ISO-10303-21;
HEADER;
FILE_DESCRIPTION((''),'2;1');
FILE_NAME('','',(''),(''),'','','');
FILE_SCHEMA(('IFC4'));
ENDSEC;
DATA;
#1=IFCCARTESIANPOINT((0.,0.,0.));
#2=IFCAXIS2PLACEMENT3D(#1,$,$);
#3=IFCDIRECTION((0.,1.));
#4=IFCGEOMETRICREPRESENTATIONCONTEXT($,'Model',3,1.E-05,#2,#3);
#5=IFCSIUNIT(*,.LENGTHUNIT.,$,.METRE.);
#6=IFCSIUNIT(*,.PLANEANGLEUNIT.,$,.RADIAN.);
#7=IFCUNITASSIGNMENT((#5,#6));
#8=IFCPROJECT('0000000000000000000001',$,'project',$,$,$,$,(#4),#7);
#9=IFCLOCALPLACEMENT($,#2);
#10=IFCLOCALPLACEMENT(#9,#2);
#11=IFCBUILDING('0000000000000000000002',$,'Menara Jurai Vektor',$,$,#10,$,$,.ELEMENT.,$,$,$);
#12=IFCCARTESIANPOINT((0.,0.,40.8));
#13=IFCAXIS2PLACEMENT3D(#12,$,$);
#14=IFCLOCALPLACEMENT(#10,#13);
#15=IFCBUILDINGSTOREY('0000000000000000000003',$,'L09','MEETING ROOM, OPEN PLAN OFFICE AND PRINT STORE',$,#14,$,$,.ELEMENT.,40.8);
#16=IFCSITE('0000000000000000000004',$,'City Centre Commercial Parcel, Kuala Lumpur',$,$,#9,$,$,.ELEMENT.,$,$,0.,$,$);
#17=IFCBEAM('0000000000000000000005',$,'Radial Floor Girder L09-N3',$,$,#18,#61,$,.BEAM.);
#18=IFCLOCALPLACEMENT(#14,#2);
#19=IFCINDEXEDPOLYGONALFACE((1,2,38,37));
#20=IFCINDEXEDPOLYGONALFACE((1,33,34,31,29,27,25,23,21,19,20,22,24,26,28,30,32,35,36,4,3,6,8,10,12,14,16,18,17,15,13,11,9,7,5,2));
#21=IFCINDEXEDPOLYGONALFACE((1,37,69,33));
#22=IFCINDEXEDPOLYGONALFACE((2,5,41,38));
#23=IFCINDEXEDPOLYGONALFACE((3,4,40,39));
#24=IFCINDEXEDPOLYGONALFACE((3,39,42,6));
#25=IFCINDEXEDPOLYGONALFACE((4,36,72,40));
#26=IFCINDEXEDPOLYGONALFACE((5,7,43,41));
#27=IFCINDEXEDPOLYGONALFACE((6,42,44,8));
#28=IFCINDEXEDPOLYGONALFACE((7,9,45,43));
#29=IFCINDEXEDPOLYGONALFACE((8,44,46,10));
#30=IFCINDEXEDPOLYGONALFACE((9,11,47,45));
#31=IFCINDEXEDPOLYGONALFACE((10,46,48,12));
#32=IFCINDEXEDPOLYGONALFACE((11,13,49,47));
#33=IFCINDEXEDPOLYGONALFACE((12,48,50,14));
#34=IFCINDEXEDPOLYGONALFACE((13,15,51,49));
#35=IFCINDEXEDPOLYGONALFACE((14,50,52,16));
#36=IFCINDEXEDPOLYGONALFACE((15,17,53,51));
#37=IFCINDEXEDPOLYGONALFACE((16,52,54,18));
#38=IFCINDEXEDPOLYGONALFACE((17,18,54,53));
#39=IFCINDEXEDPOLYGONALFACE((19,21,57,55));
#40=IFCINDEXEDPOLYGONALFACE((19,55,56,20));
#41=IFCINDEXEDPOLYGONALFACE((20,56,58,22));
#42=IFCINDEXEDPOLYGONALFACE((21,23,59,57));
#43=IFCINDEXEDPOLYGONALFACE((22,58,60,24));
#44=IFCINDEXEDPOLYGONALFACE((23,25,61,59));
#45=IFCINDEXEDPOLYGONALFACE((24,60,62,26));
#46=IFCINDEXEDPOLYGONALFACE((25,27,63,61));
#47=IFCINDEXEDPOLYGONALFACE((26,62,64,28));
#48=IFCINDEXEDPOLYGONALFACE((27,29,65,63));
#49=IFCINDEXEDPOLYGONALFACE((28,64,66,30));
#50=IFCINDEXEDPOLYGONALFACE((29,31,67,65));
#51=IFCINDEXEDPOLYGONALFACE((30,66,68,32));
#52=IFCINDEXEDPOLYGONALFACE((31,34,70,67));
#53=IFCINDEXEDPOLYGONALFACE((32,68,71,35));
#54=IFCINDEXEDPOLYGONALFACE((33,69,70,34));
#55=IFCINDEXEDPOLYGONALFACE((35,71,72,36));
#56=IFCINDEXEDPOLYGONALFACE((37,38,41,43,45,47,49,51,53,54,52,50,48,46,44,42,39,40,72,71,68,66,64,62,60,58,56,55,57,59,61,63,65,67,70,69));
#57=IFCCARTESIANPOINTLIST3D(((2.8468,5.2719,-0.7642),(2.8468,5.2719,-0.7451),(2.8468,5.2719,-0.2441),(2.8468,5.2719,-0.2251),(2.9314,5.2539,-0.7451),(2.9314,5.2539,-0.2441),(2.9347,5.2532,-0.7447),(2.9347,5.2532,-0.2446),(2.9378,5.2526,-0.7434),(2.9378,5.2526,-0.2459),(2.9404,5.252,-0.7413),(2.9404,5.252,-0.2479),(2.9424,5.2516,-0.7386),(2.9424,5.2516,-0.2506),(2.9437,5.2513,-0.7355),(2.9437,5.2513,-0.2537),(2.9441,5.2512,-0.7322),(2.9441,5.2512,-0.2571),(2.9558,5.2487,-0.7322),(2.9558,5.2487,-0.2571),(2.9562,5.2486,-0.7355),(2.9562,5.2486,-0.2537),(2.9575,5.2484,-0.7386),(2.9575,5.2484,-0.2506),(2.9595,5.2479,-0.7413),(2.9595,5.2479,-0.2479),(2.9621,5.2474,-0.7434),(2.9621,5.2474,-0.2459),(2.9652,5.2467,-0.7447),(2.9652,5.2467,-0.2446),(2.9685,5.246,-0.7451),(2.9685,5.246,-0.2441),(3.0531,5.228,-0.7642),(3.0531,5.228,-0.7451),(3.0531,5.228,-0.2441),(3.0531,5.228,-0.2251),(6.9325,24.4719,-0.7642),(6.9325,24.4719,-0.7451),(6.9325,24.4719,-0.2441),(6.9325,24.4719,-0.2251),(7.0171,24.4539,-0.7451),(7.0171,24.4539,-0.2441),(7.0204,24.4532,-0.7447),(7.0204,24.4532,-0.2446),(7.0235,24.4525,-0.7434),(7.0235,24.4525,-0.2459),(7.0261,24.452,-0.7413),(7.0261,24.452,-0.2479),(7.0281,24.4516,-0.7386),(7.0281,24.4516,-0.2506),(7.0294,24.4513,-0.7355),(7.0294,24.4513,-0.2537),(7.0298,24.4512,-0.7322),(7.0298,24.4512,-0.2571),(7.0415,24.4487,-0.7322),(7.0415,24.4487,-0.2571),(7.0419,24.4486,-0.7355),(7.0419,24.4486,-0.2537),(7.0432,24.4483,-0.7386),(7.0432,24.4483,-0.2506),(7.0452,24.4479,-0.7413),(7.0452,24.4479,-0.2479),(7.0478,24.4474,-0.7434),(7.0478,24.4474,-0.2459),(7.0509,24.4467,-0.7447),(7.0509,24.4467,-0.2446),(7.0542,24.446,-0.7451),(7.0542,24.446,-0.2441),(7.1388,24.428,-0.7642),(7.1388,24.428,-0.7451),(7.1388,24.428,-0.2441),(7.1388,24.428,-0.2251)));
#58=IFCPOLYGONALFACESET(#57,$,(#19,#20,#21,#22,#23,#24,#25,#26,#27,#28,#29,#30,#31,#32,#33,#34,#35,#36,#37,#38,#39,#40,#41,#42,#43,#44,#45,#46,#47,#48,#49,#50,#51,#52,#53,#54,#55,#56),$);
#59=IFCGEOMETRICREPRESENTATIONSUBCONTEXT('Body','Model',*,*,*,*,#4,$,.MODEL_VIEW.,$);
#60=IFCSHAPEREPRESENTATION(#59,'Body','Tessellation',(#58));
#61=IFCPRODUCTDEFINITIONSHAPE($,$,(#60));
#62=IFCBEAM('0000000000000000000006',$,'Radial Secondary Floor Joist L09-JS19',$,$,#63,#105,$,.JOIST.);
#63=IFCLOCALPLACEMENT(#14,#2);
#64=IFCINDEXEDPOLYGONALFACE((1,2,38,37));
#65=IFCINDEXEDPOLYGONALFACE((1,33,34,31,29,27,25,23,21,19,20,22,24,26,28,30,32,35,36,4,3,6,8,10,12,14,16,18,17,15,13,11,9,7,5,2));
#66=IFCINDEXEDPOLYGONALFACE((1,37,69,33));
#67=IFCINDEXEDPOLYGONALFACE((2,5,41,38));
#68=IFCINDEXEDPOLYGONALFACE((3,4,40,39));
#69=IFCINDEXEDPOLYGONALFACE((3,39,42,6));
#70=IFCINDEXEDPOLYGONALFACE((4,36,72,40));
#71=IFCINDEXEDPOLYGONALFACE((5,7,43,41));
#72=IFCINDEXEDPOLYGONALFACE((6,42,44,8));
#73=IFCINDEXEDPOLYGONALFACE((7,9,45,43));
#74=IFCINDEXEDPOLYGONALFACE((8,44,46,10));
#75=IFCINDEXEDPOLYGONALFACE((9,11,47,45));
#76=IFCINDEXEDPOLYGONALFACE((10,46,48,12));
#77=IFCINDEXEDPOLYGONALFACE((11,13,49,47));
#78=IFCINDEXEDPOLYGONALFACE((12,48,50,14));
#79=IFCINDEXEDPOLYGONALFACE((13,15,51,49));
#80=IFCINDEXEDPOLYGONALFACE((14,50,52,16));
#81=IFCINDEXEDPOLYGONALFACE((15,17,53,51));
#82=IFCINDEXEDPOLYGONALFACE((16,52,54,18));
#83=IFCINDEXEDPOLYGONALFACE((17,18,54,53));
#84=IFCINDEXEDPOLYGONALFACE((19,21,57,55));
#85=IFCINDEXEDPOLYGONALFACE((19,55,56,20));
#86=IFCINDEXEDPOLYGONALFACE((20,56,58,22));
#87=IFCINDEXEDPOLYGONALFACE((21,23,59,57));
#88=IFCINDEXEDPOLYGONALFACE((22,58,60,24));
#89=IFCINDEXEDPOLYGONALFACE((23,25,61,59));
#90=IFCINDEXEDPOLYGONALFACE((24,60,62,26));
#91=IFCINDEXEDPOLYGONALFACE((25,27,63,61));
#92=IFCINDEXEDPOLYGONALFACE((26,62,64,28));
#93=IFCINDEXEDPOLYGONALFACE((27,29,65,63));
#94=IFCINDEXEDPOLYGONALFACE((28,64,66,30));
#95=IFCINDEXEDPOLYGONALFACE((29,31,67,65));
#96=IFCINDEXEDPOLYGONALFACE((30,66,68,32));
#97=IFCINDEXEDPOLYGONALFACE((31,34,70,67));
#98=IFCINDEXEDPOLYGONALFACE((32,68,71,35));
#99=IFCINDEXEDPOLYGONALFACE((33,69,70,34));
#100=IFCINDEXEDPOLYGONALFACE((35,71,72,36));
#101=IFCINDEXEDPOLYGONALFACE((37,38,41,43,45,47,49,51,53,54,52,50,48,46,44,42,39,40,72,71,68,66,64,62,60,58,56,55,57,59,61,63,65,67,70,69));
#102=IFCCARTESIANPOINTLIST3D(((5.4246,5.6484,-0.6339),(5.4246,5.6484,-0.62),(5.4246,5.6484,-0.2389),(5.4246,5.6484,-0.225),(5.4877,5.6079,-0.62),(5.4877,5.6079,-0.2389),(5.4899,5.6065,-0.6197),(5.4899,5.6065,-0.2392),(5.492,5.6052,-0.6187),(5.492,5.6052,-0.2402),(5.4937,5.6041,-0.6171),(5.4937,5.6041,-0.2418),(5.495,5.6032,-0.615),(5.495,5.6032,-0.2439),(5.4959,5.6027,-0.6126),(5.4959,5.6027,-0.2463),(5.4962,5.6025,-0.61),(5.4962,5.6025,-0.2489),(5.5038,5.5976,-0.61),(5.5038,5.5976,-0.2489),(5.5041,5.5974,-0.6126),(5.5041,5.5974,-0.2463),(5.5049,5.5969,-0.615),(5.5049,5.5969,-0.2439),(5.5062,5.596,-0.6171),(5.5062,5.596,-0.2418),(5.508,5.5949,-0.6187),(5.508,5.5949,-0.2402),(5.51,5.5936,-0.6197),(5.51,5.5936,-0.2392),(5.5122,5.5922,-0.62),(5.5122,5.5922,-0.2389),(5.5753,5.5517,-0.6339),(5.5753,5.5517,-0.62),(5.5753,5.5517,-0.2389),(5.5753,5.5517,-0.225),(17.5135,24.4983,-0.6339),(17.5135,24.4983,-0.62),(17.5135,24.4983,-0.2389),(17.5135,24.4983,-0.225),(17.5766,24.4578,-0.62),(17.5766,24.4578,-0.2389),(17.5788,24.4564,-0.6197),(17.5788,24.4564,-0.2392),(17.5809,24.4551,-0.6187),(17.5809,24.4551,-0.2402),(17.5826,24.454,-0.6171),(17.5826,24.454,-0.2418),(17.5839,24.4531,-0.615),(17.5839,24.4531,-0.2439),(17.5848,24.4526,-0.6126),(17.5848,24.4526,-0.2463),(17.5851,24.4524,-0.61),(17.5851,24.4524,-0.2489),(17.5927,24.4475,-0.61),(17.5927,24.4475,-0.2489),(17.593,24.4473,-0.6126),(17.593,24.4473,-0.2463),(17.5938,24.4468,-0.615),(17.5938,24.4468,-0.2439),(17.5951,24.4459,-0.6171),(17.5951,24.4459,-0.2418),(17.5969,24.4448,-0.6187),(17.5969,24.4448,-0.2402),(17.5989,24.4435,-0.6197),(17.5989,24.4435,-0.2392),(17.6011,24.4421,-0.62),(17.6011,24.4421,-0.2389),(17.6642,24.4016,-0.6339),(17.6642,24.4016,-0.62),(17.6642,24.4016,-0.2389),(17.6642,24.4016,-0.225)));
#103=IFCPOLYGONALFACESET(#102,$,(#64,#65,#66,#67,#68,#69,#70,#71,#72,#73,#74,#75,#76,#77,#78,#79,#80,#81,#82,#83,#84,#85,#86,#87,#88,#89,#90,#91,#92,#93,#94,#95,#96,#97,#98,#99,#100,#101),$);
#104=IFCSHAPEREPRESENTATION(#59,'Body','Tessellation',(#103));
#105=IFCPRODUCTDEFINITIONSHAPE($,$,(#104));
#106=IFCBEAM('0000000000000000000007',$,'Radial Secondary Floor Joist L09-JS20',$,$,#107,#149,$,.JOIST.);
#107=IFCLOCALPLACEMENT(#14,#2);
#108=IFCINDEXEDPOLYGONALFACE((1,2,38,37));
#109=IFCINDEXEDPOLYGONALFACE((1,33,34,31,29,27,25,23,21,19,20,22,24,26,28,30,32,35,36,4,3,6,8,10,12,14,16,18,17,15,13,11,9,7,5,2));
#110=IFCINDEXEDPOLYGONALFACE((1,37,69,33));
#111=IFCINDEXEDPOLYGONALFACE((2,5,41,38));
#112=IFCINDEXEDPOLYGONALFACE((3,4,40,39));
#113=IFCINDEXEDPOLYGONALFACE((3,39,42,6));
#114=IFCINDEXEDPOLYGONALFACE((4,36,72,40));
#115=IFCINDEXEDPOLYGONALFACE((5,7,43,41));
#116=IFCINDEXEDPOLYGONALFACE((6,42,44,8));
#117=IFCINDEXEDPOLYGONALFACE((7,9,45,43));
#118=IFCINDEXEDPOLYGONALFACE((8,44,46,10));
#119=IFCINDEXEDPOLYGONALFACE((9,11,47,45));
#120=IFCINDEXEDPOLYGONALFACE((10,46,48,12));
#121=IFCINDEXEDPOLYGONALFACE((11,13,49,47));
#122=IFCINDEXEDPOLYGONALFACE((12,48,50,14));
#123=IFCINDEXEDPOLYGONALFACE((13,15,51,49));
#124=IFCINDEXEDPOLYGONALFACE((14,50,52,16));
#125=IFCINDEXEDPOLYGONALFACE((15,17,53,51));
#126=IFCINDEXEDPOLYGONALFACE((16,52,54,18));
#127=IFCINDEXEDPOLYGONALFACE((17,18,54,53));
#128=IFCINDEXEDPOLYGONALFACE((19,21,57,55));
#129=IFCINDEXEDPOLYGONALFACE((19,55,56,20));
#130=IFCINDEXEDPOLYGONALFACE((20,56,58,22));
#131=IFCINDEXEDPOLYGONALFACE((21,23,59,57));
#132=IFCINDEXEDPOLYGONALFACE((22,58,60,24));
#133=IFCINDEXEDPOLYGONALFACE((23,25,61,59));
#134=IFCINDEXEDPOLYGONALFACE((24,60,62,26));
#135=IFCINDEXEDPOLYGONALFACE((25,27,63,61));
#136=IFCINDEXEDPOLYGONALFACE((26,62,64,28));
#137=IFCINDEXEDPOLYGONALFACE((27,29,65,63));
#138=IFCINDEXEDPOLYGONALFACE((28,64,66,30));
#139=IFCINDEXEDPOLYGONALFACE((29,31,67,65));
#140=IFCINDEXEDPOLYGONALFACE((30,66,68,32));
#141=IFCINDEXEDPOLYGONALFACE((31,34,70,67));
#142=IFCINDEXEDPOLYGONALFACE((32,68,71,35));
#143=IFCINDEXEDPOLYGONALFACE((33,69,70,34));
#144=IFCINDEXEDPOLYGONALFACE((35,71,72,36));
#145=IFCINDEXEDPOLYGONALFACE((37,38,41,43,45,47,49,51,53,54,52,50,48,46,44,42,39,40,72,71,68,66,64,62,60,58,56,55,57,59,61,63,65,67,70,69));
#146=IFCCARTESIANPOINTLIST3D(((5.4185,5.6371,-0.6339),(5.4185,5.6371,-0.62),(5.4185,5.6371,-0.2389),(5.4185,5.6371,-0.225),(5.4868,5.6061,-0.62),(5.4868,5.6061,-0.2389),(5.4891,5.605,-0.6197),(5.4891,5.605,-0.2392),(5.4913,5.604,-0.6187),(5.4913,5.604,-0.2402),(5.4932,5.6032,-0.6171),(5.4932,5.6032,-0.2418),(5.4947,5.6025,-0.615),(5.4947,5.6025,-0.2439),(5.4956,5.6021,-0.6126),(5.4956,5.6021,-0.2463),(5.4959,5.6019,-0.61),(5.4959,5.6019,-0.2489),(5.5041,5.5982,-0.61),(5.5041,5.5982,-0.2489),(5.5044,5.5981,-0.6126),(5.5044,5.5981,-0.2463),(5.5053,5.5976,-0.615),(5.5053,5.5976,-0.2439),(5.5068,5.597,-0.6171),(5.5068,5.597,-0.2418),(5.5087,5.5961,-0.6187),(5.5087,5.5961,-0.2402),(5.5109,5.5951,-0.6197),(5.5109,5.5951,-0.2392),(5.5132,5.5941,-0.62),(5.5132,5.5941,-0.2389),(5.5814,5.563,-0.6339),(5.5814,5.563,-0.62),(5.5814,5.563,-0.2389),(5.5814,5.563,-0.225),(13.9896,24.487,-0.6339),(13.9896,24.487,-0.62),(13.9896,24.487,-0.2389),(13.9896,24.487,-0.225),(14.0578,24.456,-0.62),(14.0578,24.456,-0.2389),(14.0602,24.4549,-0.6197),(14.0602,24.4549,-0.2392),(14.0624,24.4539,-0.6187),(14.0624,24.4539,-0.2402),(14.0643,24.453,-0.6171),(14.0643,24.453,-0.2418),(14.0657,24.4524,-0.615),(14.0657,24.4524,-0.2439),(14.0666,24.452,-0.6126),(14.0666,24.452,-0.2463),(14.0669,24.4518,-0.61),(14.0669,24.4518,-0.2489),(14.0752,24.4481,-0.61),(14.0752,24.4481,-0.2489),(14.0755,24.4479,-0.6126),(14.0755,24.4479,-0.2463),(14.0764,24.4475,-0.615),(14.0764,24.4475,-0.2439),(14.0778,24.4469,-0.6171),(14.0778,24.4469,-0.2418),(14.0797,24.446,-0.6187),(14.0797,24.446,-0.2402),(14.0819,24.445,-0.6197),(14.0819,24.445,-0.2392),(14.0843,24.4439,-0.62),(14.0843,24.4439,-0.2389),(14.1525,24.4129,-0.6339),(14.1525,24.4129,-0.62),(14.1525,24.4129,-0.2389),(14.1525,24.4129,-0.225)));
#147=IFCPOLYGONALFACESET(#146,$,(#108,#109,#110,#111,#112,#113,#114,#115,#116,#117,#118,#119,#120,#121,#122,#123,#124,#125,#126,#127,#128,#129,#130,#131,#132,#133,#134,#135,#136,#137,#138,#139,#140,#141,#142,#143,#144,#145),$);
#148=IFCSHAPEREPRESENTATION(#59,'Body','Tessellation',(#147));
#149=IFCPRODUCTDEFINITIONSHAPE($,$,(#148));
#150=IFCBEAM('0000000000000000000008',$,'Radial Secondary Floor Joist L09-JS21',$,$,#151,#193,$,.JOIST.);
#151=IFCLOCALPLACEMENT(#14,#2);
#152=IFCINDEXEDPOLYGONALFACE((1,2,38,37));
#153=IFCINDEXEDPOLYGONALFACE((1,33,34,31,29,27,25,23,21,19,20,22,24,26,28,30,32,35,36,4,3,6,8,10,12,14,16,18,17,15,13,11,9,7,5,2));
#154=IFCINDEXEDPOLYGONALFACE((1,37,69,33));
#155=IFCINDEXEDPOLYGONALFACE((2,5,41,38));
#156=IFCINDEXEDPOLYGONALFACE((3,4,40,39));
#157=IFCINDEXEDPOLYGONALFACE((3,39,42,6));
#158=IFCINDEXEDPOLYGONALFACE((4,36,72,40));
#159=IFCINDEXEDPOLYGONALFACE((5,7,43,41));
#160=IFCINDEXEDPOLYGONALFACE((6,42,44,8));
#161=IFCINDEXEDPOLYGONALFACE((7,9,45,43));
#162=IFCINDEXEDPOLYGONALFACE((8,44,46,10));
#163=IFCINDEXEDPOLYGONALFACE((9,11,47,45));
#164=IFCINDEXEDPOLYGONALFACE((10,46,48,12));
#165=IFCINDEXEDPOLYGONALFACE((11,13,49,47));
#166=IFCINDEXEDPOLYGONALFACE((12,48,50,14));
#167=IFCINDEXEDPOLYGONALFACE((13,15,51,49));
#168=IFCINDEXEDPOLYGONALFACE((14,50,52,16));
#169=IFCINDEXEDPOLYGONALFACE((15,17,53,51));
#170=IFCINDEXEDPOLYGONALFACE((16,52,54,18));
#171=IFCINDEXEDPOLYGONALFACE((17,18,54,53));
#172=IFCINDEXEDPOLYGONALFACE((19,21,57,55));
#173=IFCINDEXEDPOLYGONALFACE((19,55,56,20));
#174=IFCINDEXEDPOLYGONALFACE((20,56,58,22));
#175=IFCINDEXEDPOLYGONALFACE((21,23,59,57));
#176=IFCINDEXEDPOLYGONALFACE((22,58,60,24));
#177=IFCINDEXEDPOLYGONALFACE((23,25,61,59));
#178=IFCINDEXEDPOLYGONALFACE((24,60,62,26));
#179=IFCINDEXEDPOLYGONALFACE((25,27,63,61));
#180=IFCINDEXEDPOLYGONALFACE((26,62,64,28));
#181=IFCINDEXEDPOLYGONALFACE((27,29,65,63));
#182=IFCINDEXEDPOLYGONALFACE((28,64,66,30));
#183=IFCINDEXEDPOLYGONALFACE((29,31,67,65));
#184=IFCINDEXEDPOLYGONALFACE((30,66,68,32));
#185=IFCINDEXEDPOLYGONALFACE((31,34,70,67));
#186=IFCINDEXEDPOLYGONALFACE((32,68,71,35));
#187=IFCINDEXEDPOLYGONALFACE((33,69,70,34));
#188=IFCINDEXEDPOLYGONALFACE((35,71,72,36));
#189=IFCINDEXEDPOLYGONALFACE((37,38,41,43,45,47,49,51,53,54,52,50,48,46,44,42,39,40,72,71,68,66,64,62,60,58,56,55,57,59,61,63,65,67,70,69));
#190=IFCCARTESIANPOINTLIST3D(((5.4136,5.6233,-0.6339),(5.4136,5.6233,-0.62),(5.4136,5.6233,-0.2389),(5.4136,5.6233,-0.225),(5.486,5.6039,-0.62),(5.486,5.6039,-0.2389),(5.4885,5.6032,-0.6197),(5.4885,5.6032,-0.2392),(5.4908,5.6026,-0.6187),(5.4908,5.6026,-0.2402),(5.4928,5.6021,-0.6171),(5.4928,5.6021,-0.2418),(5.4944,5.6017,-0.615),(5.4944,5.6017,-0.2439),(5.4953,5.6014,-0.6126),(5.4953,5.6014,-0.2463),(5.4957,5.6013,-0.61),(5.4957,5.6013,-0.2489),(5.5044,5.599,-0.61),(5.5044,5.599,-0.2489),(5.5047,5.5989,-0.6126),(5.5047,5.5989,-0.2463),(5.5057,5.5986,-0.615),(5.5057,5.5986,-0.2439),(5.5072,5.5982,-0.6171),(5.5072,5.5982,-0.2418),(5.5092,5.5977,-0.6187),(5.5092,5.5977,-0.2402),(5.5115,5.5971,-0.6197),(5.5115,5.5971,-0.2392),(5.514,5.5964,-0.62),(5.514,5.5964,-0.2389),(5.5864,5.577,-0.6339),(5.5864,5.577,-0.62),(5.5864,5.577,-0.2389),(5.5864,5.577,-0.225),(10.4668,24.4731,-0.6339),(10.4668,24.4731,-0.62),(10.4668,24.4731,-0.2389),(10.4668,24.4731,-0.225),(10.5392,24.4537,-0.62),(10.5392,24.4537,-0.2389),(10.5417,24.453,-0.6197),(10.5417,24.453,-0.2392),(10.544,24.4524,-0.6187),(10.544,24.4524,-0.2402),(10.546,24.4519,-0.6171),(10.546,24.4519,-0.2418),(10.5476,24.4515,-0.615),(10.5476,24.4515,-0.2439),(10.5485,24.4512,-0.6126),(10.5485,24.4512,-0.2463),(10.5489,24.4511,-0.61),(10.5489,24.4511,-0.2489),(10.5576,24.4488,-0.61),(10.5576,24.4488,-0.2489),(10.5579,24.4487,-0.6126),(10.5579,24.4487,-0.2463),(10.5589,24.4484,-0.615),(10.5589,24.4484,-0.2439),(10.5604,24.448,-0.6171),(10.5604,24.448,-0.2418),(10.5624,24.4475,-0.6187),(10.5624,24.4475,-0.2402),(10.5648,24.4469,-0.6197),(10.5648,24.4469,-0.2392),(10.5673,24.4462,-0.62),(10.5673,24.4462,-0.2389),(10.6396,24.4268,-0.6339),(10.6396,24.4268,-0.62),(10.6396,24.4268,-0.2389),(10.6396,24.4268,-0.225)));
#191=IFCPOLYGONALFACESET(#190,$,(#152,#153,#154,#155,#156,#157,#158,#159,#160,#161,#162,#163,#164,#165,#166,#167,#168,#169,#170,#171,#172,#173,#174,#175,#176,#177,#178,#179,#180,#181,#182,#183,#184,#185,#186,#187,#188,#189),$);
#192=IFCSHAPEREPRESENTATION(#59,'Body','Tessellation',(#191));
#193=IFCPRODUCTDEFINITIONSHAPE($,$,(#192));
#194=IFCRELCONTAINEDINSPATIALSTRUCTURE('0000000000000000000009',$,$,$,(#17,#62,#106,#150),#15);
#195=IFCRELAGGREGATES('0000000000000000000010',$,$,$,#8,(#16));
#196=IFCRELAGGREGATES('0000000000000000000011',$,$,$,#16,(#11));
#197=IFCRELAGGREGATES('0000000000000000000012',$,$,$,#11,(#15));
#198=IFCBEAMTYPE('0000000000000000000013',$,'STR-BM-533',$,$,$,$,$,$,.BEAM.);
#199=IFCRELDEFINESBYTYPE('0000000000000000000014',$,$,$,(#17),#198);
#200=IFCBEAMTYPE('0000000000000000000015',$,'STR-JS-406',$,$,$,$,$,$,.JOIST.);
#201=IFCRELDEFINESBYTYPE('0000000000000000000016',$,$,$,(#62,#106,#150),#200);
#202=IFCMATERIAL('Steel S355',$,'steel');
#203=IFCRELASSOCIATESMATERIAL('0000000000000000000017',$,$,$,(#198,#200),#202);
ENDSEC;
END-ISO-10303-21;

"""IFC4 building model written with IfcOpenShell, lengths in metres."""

from ifc_helpers import new_model, si_unit, direction, frame, origin, origin_2d, place, context, subcontext, project, spatial, i_section, extrude, material, material_profile, profile_set, type_object, element, save


model = new_model("IFC4")

# Units and contexts
model_context = context("Model", 3, precision=1e-05, world=origin(), true_north=direction((0.0, 1.0)))
body_context = subcontext(model_context, "Body", "Model", "MODEL_VIEW")
ifc_project = project(units=[si_unit("LENGTHUNIT", "METRE"), si_unit("PLANEANGLEUNIT", "RADIAN")], contexts=[model_context])

# Site, building, storey
site_placement = place(None, origin())
site = spatial("IfcSite", under=ifc_project, at=site_placement, Name="City Centre Commercial Parcel, Kuala Lumpur", CompositionType="ELEMENT", RefElevation=0.0)
building_placement = place(site_placement, origin())
building = spatial("IfcBuilding", under=site, at=building_placement, Name="Menara Jurai Vektor", CompositionType="ELEMENT")
storey_placement = place(building_placement, frame((0.0, 0.0, 40.8)))
storey = spatial("IfcBuildingStorey", under=building, at=storey_placement, Name="L09", Description="MEETING ROOM, OPEN PLAN OFFICE AND PRINT STORE", CompositionType="ELEMENT", Elevation=40.8)

# Beams
ifc_material_1 = material(Name="Steel S355", Category="steel")
ifc_material_profile_1 = material_profile(ifc_material_1, i_section(OverallWidth=0.2109, OverallDepth=0.5391, WebThickness=0.012, FlangeThickness=0.019, FilletRadius=0.0129, at=origin_2d()), Name="UKB 533x210x109")
ifc_profile_set_1 = profile_set([ifc_material_profile_1], Name="Steel S355")
beam_type_1 = type_object("IfcBeamType", Name="STR-BM-533", PredefinedType="BEAM", material=ifc_profile_set_1)
beam_1_placement = place(storey_placement, frame((7.0356, 24.45, -0.4946), z_axis=(-0.208137, -0.9781, 0.0), x_axis=(0.9781, -0.208137, 0.0)))
element("IfcBeam", 1, at=beam_1_placement, inside=storey, type_object=beam_type_1, Name="Radial Floor Girder L09-N3", PredefinedType="BEAM", context=body_context, shape_type="SweptSolid", body=[
    extrude(i_section(OverallWidth=0.2109, OverallDepth=0.5391, WebThickness=0.012, FlangeThickness=0.019, FilletRadius=0.0129, at=origin_2d()), origin(), (0.0, 0.0, 1.0), 19.6299),
])
ifc_material_profile_2 = material_profile(ifc_material_1, i_section(OverallWidth=0.179, OverallDepth=0.4089, WebThickness=0.009, FlangeThickness=0.0139, FilletRadius=0.01, at=origin_2d()), Name="UKB 406x178x67")
ifc_profile_set_2 = profile_set([ifc_material_profile_2], Name="Steel S355")
beam_type_2 = type_object("IfcBeamType", Name="STR-JS-406", PredefinedType="JOIST", material=ifc_profile_set_2)
beam_2_placement = place(storey_placement, frame((17.5889, 24.45, -0.4294), z_axis=(-0.539844, -0.841765, 0.0), x_axis=(0.841765, -0.539844, 0.0)))
element("IfcBeam", 2, at=beam_2_placement, inside=storey, type_object=beam_type_2, Name="Radial Secondary Floor Joist L09-JS19", PredefinedType="JOIST", context=body_context, shape_type="SweptSolid", body=[
    extrude(i_section(OverallWidth=0.179, OverallDepth=0.4089, WebThickness=0.009, FlangeThickness=0.0139, FilletRadius=0.01, at=origin_2d()), origin(), (0.0, 0.0, 1.0), 22.3933),
])
beam_3_placement = place(storey_placement, frame((14.071, 24.45, -0.4294), z_axis=(-0.41392, -0.910313, 0.0), x_axis=(0.910313, -0.41392, 0.0)))
element("IfcBeam", 3, at=beam_3_placement, inside=storey, type_object=beam_type_2, Name="Radial Secondary Floor Joist L09-JS20", PredefinedType="JOIST", context=body_context, shape_type="SweptSolid", body=[
    extrude(i_section(OverallWidth=0.179, OverallDepth=0.4089, WebThickness=0.009, FlangeThickness=0.0139, FilletRadius=0.01, at=origin_2d()), origin(), (0.0, 0.0, 1.0), 20.707),
])
beam_4_placement = place(storey_placement, frame((10.5532, 24.45, -0.4294), z_axis=(-0.258935, -0.965895, 0.0), x_axis=(0.965895, -0.258935, 0.0)))
element("IfcBeam", 4, at=beam_4_placement, inside=storey, type_object=beam_type_2, Name="Radial Secondary Floor Joist L09-JS21", PredefinedType="JOIST", context=body_context, shape_type="SweptSolid", body=[
    extrude(i_section(OverallWidth=0.179, OverallDepth=0.4089, WebThickness=0.009, FlangeThickness=0.0139, FilletRadius=0.01, at=origin_2d()), origin(), (0.0, 0.0, 1.0), 19.5154),
])

save(model, "model.ifc")
